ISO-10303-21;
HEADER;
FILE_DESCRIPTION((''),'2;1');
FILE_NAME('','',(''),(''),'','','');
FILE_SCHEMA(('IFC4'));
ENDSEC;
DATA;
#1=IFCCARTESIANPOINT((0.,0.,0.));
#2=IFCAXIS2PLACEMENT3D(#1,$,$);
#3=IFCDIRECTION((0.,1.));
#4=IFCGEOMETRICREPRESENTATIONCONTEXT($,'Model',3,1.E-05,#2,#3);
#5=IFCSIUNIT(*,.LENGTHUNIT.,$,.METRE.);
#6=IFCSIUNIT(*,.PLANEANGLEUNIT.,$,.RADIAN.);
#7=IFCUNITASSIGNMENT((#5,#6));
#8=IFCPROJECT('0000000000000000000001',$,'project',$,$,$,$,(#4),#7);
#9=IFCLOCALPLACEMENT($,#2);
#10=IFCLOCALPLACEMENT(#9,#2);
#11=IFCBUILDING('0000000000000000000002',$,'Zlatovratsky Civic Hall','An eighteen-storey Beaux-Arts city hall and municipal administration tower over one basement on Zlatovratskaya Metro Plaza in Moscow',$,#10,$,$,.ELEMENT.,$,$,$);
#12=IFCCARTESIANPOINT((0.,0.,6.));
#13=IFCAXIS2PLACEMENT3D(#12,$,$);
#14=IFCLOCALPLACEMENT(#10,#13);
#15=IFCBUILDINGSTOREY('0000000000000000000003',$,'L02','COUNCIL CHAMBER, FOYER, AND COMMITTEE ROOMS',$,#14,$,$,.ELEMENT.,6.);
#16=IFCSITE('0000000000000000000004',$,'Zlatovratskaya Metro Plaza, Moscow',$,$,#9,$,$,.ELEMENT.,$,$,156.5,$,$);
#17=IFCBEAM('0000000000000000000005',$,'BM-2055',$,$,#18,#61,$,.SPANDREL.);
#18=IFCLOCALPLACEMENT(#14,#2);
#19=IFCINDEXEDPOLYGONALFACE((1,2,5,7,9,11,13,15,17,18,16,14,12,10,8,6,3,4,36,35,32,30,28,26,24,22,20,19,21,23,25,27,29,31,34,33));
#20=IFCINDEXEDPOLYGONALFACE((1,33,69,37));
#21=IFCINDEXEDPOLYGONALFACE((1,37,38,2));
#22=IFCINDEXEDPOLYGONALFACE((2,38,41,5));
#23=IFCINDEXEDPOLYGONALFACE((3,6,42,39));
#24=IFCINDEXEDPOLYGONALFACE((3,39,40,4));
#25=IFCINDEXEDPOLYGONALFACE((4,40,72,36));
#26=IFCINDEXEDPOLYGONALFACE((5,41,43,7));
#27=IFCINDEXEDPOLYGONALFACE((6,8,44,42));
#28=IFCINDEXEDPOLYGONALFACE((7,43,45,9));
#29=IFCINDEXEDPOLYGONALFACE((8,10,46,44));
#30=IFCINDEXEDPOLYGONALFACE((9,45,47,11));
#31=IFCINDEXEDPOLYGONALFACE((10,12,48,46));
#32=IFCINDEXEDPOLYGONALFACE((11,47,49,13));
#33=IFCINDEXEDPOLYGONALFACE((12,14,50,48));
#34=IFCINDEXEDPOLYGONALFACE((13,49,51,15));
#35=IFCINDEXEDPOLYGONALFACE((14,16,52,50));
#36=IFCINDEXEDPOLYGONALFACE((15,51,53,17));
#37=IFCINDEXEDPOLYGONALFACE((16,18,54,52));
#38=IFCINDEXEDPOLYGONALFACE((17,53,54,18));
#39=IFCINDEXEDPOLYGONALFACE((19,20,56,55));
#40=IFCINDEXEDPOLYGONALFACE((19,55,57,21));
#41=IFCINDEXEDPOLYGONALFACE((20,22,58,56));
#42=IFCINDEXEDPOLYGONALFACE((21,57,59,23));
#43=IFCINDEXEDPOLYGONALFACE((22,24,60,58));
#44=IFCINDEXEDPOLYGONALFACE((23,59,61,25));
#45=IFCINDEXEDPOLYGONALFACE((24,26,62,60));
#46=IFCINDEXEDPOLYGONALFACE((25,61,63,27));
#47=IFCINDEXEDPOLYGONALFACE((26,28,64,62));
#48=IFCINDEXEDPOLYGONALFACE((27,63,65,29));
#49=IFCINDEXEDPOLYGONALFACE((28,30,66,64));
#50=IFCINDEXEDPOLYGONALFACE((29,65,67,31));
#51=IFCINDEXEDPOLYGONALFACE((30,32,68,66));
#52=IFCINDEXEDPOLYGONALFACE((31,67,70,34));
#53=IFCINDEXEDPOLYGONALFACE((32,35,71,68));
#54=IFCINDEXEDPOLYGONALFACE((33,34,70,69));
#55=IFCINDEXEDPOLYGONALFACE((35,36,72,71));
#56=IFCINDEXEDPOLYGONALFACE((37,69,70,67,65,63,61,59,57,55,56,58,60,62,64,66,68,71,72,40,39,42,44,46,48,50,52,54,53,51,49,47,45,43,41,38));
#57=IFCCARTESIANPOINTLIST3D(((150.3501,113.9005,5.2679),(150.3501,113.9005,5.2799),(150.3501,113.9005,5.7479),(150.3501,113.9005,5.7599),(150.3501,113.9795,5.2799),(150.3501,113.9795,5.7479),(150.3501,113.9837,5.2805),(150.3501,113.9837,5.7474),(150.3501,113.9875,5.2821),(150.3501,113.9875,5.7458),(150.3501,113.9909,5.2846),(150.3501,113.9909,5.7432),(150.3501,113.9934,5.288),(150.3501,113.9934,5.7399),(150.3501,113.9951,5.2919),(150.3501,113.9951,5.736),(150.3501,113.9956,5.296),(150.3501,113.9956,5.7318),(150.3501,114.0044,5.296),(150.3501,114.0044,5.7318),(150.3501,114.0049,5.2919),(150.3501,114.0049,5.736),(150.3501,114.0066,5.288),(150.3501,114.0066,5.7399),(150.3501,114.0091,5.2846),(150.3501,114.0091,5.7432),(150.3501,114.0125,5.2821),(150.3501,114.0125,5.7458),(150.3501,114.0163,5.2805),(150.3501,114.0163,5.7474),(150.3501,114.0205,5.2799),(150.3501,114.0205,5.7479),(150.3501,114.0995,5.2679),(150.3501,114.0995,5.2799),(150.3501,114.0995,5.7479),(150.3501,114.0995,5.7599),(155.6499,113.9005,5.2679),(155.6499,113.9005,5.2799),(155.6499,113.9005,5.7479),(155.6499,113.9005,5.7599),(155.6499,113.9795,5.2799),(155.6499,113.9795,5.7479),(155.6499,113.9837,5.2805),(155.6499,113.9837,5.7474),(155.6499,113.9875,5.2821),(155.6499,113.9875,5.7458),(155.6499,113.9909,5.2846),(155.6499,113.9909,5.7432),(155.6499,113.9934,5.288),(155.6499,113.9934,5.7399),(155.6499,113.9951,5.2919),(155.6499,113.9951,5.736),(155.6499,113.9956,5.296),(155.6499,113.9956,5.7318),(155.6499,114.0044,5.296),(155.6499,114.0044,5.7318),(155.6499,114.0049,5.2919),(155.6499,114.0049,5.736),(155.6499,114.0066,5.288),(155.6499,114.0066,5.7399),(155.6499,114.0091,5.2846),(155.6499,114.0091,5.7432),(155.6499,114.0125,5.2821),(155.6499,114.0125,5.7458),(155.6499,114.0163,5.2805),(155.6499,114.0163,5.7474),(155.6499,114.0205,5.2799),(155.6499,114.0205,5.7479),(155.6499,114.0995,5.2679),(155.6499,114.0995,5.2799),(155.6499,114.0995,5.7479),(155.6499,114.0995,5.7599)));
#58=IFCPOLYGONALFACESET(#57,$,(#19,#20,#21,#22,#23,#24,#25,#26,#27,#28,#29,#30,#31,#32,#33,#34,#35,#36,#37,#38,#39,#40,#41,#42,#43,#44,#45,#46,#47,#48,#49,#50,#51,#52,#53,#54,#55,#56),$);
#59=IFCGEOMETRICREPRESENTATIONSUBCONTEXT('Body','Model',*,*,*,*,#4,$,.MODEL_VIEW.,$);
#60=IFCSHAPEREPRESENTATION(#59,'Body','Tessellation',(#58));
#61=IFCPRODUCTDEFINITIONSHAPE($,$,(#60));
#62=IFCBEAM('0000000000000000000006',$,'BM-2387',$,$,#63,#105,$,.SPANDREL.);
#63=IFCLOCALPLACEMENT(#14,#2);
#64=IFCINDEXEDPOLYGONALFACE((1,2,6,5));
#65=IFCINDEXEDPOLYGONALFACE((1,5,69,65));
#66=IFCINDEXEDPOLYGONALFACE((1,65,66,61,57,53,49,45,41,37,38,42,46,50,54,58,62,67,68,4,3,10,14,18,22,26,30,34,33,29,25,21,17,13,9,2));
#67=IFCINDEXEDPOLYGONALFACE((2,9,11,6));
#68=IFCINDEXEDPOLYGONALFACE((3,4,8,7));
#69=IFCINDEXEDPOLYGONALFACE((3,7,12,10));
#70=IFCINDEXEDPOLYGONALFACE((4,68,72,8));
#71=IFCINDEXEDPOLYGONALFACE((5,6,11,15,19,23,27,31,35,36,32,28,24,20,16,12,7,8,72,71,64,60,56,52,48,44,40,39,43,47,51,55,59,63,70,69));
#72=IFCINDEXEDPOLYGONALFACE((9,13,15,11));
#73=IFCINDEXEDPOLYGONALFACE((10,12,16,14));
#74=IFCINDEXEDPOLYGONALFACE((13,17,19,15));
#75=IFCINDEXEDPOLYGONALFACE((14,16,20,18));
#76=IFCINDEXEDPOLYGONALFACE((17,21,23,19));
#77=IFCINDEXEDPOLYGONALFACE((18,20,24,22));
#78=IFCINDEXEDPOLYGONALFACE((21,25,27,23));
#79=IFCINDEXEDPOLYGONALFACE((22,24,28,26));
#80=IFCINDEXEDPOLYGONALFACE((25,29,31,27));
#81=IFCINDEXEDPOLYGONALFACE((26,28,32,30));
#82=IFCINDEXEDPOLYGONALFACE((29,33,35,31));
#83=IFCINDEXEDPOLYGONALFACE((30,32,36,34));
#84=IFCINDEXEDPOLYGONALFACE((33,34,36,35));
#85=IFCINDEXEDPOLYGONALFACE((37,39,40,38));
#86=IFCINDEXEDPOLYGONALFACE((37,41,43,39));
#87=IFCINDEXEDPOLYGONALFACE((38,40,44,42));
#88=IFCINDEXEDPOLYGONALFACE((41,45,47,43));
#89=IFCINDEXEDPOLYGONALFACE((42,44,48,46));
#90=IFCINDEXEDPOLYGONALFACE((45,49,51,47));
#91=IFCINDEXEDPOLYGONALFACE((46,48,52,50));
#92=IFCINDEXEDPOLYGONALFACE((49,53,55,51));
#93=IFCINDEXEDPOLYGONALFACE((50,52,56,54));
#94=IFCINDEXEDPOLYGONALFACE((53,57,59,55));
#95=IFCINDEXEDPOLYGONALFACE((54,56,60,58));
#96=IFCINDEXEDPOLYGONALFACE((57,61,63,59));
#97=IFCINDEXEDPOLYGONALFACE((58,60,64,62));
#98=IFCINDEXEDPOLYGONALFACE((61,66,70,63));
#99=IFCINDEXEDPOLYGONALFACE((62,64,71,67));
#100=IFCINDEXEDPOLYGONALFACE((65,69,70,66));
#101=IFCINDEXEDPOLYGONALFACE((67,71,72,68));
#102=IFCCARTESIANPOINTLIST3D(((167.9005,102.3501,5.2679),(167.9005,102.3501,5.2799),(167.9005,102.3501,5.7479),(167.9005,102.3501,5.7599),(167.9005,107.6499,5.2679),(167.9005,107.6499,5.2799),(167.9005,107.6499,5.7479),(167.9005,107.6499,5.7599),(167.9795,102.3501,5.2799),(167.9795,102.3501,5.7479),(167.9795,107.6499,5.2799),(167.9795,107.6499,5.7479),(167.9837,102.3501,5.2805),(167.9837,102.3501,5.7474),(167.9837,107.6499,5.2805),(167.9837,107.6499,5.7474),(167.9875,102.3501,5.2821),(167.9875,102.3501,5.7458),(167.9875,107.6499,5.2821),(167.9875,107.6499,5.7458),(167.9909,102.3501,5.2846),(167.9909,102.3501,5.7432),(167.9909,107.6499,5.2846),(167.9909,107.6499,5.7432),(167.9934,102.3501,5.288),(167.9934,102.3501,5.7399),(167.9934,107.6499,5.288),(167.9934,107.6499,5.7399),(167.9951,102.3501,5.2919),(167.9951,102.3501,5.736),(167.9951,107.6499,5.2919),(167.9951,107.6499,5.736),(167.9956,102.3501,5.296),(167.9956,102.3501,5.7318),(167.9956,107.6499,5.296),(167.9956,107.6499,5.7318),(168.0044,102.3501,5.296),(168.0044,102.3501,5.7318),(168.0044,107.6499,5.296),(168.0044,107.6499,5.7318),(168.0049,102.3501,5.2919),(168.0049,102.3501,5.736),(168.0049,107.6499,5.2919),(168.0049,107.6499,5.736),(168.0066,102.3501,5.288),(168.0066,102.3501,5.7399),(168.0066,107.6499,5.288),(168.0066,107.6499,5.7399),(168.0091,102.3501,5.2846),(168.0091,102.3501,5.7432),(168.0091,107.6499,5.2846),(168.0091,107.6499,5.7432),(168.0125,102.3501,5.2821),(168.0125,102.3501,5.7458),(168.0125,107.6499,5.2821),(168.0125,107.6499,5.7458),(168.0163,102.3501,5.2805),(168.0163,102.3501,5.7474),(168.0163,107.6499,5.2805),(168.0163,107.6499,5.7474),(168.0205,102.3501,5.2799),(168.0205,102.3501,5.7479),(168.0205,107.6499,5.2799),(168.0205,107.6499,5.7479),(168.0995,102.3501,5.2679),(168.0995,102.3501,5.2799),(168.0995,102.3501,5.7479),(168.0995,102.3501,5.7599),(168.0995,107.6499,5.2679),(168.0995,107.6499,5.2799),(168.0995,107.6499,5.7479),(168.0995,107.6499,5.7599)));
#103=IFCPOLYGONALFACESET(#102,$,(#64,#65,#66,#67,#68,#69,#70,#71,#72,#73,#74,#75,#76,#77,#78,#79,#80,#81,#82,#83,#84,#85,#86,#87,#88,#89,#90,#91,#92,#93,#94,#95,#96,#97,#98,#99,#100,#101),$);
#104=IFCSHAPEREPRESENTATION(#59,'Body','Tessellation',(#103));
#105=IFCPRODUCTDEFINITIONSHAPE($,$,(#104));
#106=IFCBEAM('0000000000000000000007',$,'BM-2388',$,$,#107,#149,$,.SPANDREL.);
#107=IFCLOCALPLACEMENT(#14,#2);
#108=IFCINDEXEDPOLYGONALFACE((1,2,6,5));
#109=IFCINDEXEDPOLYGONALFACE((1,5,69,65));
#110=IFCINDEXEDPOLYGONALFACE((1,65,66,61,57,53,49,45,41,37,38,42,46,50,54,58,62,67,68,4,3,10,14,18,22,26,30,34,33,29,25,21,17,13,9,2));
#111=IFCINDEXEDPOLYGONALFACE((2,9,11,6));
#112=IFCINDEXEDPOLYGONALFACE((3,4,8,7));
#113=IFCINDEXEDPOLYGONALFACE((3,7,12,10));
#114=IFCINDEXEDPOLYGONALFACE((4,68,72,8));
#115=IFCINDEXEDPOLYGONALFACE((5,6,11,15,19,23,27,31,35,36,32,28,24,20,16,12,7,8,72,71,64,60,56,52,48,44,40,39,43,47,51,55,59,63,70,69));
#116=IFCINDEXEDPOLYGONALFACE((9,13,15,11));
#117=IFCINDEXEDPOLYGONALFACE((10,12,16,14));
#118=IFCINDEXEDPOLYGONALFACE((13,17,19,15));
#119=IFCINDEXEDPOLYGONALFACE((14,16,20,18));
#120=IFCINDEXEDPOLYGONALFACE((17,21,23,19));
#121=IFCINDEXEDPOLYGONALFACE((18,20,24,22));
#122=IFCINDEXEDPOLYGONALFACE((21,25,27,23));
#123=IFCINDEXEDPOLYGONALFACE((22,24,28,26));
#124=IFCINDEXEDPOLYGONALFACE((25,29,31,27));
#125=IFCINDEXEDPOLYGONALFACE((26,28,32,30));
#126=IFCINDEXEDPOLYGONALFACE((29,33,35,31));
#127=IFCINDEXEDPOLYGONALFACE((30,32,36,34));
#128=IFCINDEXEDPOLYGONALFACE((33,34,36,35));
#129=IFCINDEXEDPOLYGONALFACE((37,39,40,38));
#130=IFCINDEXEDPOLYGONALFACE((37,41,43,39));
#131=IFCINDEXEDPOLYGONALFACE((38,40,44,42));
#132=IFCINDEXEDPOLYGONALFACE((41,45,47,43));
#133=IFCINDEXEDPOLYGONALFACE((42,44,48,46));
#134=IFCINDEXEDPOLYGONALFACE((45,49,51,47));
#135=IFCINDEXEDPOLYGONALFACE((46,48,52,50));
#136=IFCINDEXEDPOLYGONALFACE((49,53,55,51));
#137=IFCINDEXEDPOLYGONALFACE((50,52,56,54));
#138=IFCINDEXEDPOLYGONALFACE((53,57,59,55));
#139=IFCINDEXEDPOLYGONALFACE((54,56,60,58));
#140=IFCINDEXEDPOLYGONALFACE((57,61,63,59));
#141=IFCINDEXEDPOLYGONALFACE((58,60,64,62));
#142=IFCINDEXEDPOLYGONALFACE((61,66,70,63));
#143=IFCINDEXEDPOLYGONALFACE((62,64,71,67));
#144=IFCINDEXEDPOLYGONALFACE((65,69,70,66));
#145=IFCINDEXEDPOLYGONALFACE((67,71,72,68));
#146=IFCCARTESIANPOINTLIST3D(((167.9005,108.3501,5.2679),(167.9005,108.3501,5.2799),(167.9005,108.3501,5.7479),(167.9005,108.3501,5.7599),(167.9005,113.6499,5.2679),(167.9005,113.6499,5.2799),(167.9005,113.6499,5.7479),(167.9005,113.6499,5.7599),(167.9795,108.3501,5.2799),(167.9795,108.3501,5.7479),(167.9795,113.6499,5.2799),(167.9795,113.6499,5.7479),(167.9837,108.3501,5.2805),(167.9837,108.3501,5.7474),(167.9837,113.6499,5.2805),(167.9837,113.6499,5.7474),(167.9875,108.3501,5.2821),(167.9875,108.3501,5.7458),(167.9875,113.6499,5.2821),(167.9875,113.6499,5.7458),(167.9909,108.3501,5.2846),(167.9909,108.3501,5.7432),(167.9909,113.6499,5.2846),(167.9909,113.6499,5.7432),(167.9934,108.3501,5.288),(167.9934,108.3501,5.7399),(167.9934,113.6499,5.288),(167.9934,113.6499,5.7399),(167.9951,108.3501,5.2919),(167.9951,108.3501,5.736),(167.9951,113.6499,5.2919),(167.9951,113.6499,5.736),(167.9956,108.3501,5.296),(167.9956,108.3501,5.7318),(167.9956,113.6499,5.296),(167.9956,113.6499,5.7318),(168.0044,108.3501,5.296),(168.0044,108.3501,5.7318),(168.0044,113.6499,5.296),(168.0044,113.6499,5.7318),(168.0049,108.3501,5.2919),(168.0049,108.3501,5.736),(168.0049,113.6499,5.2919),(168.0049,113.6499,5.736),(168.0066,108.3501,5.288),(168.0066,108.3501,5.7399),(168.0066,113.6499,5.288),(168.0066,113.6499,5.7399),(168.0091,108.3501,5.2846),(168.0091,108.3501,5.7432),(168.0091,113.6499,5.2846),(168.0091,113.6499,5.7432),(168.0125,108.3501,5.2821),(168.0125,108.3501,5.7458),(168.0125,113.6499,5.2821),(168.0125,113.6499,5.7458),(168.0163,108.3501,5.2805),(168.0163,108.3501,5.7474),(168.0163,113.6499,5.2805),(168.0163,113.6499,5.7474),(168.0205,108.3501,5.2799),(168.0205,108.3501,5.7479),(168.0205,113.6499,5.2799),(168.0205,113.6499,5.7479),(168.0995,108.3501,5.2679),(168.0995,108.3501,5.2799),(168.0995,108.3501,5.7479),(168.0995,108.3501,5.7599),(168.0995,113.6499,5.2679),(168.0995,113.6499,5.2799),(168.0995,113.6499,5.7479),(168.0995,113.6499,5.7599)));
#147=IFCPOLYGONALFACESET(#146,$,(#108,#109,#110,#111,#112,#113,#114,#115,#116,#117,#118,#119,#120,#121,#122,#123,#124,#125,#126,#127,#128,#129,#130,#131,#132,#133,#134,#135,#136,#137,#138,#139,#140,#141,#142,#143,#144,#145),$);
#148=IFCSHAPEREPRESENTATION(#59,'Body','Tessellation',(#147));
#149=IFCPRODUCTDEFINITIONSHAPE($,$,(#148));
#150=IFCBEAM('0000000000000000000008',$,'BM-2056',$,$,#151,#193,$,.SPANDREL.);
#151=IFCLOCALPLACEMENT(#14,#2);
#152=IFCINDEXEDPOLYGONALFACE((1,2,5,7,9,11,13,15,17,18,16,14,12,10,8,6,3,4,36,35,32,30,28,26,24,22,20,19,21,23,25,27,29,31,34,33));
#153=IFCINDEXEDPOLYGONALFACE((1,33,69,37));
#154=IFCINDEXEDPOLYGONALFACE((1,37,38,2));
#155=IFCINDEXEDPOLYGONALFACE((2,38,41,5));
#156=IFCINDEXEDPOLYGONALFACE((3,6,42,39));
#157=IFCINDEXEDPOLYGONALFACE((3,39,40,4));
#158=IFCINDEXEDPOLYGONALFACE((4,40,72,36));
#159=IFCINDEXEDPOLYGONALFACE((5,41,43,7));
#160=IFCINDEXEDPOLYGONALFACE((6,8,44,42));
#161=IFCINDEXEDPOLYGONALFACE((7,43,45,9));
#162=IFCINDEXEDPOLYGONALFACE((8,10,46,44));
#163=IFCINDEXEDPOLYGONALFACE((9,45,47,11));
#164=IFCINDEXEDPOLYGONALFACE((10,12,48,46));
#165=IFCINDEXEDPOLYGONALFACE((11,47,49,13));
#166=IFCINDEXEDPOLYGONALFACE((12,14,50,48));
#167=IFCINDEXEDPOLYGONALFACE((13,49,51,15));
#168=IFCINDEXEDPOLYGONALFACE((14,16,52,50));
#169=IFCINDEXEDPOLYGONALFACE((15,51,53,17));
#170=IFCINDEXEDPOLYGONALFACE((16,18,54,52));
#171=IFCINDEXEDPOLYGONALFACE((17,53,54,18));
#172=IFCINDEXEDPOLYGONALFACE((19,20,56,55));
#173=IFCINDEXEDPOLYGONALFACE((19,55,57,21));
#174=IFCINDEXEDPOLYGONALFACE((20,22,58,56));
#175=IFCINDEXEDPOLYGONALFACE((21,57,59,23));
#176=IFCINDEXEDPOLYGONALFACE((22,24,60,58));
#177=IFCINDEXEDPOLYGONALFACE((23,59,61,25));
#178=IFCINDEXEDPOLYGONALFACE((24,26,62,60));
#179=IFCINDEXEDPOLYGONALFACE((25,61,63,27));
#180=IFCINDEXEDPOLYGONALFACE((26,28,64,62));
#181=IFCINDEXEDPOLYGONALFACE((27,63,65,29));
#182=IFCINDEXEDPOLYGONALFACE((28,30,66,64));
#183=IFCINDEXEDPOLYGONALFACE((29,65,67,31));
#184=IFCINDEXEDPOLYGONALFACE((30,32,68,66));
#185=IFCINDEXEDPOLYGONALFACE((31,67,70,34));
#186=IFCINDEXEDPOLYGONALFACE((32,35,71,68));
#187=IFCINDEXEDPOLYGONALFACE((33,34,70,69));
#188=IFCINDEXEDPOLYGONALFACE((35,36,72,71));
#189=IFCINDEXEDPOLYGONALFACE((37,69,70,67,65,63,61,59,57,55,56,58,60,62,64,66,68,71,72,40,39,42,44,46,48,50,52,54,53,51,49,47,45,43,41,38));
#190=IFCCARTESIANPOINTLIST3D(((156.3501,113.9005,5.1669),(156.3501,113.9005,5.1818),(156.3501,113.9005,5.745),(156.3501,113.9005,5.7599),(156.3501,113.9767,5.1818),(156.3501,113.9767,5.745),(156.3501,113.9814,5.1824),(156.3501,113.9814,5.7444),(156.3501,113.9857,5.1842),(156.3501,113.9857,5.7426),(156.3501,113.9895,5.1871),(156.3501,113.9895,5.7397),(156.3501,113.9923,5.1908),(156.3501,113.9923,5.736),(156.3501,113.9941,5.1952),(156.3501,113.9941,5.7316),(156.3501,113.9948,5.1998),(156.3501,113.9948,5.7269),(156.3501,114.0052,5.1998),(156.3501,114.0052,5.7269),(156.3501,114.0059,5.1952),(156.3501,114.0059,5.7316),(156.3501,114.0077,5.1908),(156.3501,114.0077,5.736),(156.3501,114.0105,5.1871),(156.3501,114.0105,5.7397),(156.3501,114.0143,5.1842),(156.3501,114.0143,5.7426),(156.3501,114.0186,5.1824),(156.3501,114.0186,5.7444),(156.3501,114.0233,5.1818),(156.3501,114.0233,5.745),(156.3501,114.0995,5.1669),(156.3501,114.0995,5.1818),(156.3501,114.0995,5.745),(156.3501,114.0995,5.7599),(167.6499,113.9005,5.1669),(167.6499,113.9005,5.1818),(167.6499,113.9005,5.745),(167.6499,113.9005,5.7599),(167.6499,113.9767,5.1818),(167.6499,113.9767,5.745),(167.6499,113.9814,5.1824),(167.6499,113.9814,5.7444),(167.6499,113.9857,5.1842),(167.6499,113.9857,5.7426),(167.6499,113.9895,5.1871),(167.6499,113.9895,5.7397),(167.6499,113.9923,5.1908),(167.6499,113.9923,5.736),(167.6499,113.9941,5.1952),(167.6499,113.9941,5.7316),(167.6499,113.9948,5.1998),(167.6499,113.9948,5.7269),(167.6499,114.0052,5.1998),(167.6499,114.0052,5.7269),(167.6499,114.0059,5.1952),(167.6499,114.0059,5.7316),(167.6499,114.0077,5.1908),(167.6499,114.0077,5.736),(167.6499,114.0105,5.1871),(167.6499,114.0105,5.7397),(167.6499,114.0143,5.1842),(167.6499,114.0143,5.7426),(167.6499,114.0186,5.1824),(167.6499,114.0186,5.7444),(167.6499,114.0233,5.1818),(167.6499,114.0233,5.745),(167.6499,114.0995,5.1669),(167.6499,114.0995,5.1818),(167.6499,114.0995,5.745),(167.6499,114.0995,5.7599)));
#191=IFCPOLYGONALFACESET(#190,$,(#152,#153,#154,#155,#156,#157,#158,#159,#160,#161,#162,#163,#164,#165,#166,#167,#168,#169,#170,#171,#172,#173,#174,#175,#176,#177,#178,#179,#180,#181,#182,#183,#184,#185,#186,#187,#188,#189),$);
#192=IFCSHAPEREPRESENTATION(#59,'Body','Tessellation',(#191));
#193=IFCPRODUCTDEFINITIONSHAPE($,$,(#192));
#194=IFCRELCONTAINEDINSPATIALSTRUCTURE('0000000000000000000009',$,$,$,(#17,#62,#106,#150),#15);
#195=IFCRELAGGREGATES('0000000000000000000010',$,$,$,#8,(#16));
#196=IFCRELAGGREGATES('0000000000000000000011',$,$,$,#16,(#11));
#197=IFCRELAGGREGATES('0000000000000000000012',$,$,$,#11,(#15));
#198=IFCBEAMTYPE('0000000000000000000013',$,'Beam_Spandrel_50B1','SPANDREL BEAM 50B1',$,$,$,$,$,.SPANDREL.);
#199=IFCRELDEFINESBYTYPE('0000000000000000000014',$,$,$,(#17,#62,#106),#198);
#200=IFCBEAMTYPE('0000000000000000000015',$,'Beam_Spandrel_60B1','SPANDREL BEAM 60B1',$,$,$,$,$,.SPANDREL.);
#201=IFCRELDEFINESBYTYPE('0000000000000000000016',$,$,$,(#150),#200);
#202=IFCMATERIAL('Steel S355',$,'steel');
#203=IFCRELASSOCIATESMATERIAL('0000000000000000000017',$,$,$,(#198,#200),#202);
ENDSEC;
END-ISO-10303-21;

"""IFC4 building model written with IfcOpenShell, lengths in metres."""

from ifc_helpers import new_model, si_unit, direction, frame, origin, origin_2d, place, context, subcontext, project, spatial, i_section, extrude, material, material_profile, profile_set, type_object, element, save


model = new_model("IFC4")

# Units and contexts
model_context = context("Model", 3, precision=1e-05, world=origin(), true_north=direction((0.0, 1.0)))
body_context = subcontext(model_context, "Body", "Model", "MODEL_VIEW")
ifc_project = project(units=[si_unit("LENGTHUNIT", "METRE"), si_unit("PLANEANGLEUNIT", "RADIAN")], contexts=[model_context])

# Site, building, storey
site_placement = place(None, origin())
site = spatial("IfcSite", under=ifc_project, at=site_placement, Name="Zlatovratskaya Metro Plaza, Moscow", CompositionType="ELEMENT", RefElevation=156.5)
building_placement = place(site_placement, origin())
building = spatial("IfcBuilding", under=site, at=building_placement, Name="Zlatovratsky Civic Hall", Description="An eighteen-storey Beaux-Arts city hall and municipal administration tower over one basement on Zlatovratskaya Metro Plaza in Moscow", CompositionType="ELEMENT")
storey_placement = place(building_placement, frame((0.0, 0.0, 6.0)))
storey = spatial("IfcBuildingStorey", under=building, at=storey_placement, Name="L02", Description="COUNCIL CHAMBER, FOYER, AND COMMITTEE ROOMS", CompositionType="ELEMENT", Elevation=6.0)

# Shared definitions
ifc_material_1 = material(Name="Steel S355", Category="steel")

# Beams
ifc_material_profile_1 = material_profile(ifc_material_1, i_section(OverallWidth=0.199, OverallDepth=0.4919, WebThickness=0.0088, FlangeThickness=0.012, FilletRadius=0.0161, at=origin_2d()), Name="50B1")
ifc_profile_set_1 = profile_set([ifc_material_profile_1], Name="Steel S355")
beam_type_1 = type_object("IfcBeamType", Name="Beam_Spandrel_50B1", Description="SPANDREL BEAM 50B1", PredefinedType="SPANDREL", material=ifc_profile_set_1)
for number, where, z_axis, x_axis, name in (
    (1, (150.3501, 114.0, 5.5139), (1.0, 0.0, 0.0), (0.0, 1.0, 0.0), "BM-2055"),
    (2, (168.0, 102.3501, 5.5139), (0.0, 1.0, 0.0), (-1.0, 0.0, 0.0), "BM-2387"),
    (3, (168.0, 108.3501, 5.5139), (0.0, 1.0, 0.0), (-1.0, 0.0, 0.0), "BM-2388"),
):
    element("IfcBeam", number, at=place(storey_placement, frame(where, z_axis=z_axis, x_axis=x_axis)), inside=storey, type_object=beam_type_1, Name=name, PredefinedType="SPANDREL", context=body_context, shape_type="SweptSolid", body=[
        extrude(i_section(OverallWidth=0.199, OverallDepth=0.4919, WebThickness=0.0088, FlangeThickness=0.012, FilletRadius=0.0161, at=origin_2d()), origin(), (0.0, 0.0, 1.0), 5.2998),
    ])
ifc_material_profile_2 = material_profile(ifc_material_1, i_section(OverallWidth=0.199, OverallDepth=0.593, WebThickness=0.0105, FlangeThickness=0.0149, FilletRadius=0.0181, at=origin_2d()), Name="60B1")
ifc_profile_set_2 = profile_set([ifc_material_profile_2], Name="Steel S355")
beam_type_2 = type_object("IfcBeamType", Name="Beam_Spandrel_60B1", Description="SPANDREL BEAM 60B1", PredefinedType="SPANDREL", material=ifc_profile_set_2)
beam_1_placement = place(storey_placement, frame((156.3501, 114.0, 5.4634), z_axis=(1.0, 0.0, 0.0), x_axis=(0.0, 1.0, 0.0)))
element("IfcBeam", 4, at=beam_1_placement, inside=storey, type_object=beam_type_2, Name="BM-2056", PredefinedType="SPANDREL", context=body_context, shape_type="SweptSolid", body=[
    extrude(i_section(OverallWidth=0.199, OverallDepth=0.593, WebThickness=0.0105, FlangeThickness=0.0149, FilletRadius=0.0181, at=origin_2d()), origin(), (0.0, 0.0, 1.0), 11.2998),
])

save(model, "model.ifc")
